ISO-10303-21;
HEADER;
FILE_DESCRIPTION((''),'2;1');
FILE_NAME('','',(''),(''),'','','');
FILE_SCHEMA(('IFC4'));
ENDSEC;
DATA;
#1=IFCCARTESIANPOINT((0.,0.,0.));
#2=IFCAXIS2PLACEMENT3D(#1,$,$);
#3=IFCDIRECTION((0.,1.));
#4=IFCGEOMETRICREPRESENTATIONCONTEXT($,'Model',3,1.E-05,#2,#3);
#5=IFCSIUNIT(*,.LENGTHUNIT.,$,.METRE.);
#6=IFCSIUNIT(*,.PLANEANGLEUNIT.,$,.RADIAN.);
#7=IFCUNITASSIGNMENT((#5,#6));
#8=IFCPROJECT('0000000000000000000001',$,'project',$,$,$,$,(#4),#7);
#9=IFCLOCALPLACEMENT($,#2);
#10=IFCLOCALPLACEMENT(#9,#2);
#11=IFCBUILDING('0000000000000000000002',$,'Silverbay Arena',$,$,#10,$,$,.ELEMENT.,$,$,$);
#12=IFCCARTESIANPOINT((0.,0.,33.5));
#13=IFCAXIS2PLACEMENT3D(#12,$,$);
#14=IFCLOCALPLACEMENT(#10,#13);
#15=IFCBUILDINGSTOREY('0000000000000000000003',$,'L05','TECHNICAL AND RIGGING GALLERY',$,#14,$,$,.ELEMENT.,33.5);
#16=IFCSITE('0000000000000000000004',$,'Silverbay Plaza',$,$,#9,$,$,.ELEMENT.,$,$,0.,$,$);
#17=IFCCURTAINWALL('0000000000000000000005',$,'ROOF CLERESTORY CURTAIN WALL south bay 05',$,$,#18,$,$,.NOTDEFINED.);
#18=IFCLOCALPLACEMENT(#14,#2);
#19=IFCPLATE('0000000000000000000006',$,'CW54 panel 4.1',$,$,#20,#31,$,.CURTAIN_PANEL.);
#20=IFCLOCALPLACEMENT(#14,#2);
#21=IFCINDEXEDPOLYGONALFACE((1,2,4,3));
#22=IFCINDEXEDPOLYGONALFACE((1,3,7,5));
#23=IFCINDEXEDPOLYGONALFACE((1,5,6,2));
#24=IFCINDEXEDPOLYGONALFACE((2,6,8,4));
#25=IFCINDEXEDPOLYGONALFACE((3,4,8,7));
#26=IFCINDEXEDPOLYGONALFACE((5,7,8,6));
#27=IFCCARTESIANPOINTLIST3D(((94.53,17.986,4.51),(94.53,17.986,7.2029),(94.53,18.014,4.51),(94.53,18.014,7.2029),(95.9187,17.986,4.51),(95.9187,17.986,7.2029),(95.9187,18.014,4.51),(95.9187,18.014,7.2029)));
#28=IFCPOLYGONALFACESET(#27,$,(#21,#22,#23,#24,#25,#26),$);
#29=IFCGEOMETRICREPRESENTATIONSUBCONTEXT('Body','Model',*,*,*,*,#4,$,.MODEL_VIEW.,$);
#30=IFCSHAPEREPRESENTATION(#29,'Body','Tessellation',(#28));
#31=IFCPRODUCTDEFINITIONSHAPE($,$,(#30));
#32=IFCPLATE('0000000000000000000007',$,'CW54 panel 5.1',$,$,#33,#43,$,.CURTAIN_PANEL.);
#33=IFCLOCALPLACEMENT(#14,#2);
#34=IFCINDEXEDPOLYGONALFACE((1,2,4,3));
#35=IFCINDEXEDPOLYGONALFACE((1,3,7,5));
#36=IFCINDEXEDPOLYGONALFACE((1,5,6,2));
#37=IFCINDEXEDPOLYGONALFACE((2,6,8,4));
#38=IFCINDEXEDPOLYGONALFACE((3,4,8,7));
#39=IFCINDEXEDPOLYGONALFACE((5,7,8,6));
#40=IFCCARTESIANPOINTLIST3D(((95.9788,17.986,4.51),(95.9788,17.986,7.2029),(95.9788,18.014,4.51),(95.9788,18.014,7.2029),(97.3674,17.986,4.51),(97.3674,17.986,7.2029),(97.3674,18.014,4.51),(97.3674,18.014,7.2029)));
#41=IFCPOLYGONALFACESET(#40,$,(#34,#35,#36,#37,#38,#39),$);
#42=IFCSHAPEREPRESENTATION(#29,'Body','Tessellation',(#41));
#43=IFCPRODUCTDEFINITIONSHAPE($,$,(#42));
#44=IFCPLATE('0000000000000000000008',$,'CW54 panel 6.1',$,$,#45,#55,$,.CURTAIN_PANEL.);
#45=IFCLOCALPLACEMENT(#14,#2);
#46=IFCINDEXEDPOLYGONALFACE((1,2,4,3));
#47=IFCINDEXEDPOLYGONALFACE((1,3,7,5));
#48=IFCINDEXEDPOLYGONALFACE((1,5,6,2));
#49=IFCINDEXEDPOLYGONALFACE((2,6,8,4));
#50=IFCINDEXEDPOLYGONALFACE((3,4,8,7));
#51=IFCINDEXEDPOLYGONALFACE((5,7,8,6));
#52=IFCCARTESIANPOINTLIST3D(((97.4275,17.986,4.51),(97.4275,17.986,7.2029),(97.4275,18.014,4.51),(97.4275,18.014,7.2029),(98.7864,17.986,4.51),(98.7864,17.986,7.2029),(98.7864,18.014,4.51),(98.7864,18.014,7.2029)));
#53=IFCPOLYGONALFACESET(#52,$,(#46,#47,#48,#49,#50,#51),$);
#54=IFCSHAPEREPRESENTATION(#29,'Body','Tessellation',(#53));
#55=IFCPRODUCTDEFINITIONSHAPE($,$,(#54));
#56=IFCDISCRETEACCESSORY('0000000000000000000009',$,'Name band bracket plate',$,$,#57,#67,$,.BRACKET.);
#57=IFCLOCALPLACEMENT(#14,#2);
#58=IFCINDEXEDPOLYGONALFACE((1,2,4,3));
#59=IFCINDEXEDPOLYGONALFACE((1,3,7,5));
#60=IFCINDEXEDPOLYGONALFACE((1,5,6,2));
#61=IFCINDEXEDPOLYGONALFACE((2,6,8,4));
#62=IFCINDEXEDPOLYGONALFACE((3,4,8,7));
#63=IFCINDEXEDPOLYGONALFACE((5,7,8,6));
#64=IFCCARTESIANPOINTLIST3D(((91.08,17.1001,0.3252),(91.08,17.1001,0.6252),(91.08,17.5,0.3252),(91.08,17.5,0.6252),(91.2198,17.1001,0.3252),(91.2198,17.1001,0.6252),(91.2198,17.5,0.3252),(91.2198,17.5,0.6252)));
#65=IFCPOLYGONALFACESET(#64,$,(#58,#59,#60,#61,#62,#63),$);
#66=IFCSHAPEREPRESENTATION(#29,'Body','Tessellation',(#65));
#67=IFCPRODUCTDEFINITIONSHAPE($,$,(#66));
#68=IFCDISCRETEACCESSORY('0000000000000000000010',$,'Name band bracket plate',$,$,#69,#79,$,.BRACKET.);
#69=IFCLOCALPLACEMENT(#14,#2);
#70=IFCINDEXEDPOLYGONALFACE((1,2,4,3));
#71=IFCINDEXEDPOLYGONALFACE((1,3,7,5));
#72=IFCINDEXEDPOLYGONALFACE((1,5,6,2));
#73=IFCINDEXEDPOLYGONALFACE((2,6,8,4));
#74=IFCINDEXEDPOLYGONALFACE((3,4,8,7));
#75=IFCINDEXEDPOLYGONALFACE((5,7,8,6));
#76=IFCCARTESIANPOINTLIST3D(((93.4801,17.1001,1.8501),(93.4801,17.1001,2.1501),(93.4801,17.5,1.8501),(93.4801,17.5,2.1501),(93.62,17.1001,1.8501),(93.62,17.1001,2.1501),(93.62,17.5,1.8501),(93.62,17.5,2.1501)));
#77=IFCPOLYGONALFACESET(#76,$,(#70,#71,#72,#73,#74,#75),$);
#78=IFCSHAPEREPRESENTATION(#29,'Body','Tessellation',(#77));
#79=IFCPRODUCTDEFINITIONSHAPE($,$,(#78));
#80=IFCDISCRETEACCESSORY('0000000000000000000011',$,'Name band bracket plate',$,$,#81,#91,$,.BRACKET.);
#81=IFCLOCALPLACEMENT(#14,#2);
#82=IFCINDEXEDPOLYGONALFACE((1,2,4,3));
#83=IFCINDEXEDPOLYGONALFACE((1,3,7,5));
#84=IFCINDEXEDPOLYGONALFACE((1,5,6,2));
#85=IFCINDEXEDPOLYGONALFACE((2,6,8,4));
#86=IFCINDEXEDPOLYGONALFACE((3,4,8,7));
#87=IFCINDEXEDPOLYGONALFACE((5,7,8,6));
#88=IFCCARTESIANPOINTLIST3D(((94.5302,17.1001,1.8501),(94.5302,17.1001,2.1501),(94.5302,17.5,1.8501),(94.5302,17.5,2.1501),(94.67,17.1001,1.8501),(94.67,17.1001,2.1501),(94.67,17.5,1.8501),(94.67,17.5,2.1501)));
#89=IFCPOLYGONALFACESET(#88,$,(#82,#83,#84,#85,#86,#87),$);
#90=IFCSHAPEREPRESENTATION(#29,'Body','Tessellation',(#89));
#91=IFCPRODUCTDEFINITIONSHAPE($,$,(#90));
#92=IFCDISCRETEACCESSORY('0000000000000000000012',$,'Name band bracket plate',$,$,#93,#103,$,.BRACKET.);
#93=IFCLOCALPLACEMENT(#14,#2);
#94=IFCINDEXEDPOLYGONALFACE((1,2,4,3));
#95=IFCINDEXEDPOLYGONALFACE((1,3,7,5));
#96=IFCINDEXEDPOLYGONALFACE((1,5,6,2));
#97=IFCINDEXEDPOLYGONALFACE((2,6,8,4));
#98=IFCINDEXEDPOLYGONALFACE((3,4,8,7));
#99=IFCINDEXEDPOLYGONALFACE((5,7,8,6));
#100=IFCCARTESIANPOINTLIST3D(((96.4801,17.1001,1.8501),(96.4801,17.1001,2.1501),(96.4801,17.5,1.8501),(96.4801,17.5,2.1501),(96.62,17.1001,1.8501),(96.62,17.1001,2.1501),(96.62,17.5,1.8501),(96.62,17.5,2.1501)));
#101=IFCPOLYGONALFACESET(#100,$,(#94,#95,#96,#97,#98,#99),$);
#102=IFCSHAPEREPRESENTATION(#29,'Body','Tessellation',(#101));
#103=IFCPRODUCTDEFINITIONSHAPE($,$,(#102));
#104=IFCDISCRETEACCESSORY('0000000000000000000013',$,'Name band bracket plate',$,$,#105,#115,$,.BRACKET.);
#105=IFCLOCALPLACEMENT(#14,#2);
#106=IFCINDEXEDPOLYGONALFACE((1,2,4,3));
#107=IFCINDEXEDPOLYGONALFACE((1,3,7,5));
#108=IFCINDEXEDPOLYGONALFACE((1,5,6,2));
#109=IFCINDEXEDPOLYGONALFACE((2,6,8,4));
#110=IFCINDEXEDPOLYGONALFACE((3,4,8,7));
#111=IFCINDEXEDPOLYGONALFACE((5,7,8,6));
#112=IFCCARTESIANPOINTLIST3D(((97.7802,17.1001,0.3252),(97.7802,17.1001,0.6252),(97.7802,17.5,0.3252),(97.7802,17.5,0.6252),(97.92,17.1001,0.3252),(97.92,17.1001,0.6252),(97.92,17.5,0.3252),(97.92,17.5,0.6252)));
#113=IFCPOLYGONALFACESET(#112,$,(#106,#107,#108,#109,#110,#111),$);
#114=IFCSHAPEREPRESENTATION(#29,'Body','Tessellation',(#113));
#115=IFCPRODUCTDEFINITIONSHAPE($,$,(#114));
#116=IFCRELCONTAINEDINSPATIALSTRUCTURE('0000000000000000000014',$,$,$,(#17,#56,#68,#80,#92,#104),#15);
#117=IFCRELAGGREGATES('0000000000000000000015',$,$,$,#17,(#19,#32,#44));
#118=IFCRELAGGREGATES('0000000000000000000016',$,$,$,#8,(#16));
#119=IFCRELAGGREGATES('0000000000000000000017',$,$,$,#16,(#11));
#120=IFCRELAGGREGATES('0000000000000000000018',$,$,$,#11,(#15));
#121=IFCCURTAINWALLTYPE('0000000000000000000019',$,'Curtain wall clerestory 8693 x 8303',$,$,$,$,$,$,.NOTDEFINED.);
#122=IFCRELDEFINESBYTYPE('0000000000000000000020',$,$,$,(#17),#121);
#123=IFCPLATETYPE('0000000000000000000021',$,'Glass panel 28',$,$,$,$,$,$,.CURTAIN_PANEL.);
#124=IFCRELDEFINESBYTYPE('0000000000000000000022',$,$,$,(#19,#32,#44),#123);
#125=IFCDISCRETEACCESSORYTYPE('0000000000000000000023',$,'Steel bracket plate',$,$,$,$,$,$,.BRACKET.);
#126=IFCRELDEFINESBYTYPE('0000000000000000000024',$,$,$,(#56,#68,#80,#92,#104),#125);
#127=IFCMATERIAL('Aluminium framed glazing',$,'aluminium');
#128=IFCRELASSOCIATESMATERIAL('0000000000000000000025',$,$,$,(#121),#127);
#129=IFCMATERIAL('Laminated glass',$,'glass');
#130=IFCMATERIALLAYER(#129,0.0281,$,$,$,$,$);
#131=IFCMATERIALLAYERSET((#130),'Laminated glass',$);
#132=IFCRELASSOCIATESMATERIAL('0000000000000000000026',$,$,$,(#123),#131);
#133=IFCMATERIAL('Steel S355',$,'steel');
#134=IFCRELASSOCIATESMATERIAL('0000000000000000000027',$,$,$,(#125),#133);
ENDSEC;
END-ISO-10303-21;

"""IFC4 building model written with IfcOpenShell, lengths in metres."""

from ifc_helpers import new_model, si_unit, direction, frame, origin, origin_2d, place, context, subcontext, project, spatial, rectangle, extrude, material, layer, layer_set, type_object, element, aggregate, save


model = new_model("IFC4")

# Units and contexts
model_context = context("Model", 3, precision=1e-05, world=origin(), true_north=direction((0.0, 1.0)))
body_context = subcontext(model_context, "Body", "Model", "MODEL_VIEW")
ifc_project = project(units=[si_unit("LENGTHUNIT", "METRE"), si_unit("PLANEANGLEUNIT", "RADIAN")], contexts=[model_context])

# Site, building, storey
site_placement = place(None, origin())
site = spatial("IfcSite", under=ifc_project, at=site_placement, Name="Silverbay Plaza", CompositionType="ELEMENT", RefElevation=0.0)
building_placement = place(site_placement, origin())
building = spatial("IfcBuilding", under=site, at=building_placement, Name="Silverbay Arena", CompositionType="ELEMENT")
storey_placement = place(building_placement, frame((0.0, 0.0, 33.5)))
storey = spatial("IfcBuildingStorey", under=building, at=storey_placement, Name="L05", Description="TECHNICAL AND RIGGING GALLERY", CompositionType="ELEMENT", Elevation=33.5)

# Curtain wall
ifc_material_1 = material(Name="Aluminium framed glazing", Category="aluminium")
curtain_wall_type = type_object("IfcCurtainWallType", Name="Curtain wall clerestory 8693 x 8303", PredefinedType="NOTDEFINED", material=ifc_material_1)
curtain_wall_placement = place(storey_placement, origin())
curtain_wall = element("IfcCurtainWall", 1, at=curtain_wall_placement, inside=storey, type_object=curtain_wall_type, Name="ROOF CLERESTORY CURTAIN WALL south bay 05", PredefinedType="NOTDEFINED")

# Plates
ifc_material_2 = material(Name="Laminated glass", Category="glass")
ifc_layer = layer(ifc_material_2, 0.0281)
ifc_layer_set = layer_set([ifc_layer], Name="Laminated glass")
plate_type = type_object("IfcPlateType", Name="Glass panel 28", PredefinedType="CURTAIN_PANEL", material=ifc_layer_set)
plate_1_placement = place(storey_placement, frame((95.2244, 18.0, 4.51), z_axis=(0.0, 0.0, 1.0), x_axis=(1.0, 0.0, 0.0)))
plate_1 = element("IfcPlate", 2, at=plate_1_placement, type_object=plate_type, Name="CW54 panel 4.1", PredefinedType="CURTAIN_PANEL", context=body_context, shape_type="SweptSolid", body=[
    extrude(rectangle(XDim=1.3887, YDim=0.0281, at=origin_2d()), origin(), (0.0, 0.0, 1.0), 2.6929),
])
plate_2_placement = place(storey_placement, frame((96.6731, 18.0, 4.51), z_axis=(0.0, 0.0, 1.0), x_axis=(1.0, 0.0, 0.0)))
plate_2 = element("IfcPlate", 3, at=plate_2_placement, type_object=plate_type, Name="CW54 panel 5.1", PredefinedType="CURTAIN_PANEL", context=body_context, shape_type="SweptSolid", body=[
    extrude(rectangle(XDim=1.3887, YDim=0.0281, at=origin_2d()), origin(), (0.0, 0.0, 1.0), 2.6929),
])
plate_3_placement = place(storey_placement, frame((98.1069, 18.0, 4.51), z_axis=(0.0, 0.0, 1.0), x_axis=(1.0, 0.0, 0.0)))
plate_3 = element("IfcPlate", 4, at=plate_3_placement, type_object=plate_type, Name="CW54 panel 6.1", PredefinedType="CURTAIN_PANEL", context=body_context, shape_type="SweptSolid", body=[
    extrude(rectangle(XDim=1.3589, YDim=0.0281, at=origin_2d()), origin(), (0.0, 0.0, 1.0), 2.6929),
])
aggregate(curtain_wall, [plate_1, plate_2, plate_3])

# Discrete accessories
ifc_material_3 = material(Name="Steel S355", Category="steel")
discrete_accessory_type = type_object("IfcDiscreteAccessoryType", Name="Steel bracket plate", PredefinedType="BRACKET", material=ifc_material_3)
for number, where, z_axis, x_axis, name in (
    (5, (91.1499, 17.3, 0.3252), (0.0, 0.0, 1.0), (1.0, 0.0, 0.0), "Name band bracket plate"),
    (6, (93.55, 17.3, 1.8501), (0.0, 0.0, 1.0), (1.0, 0.0, 0.0), "Name band bracket plate"),
    (7, (94.6001, 17.3, 1.8501), (0.0, 0.0, 1.0), (1.0, 0.0, 0.0), "Name band bracket plate"),
    (8, (96.55, 17.3, 1.8501), (0.0, 0.0, 1.0), (1.0, 0.0, 0.0), "Name band bracket plate"),
    (9, (97.8501, 17.3, 0.3252), (0.0, 0.0, 1.0), (1.0, 0.0, 0.0), "Name band bracket plate"),
):
    element("IfcDiscreteAccessory", number, at=place(storey_placement, frame(where, z_axis=z_axis, x_axis=x_axis)), inside=storey, type_object=discrete_accessory_type, Name=name, PredefinedType="BRACKET", context=body_context, shape_type="SweptSolid", body=[
        extrude(rectangle(XDim=0.1399, YDim=0.3999, at=origin_2d()), origin(), (0.0, 0.0, 1.0), 0.3),
    ])

save(model, "model.ifc")
